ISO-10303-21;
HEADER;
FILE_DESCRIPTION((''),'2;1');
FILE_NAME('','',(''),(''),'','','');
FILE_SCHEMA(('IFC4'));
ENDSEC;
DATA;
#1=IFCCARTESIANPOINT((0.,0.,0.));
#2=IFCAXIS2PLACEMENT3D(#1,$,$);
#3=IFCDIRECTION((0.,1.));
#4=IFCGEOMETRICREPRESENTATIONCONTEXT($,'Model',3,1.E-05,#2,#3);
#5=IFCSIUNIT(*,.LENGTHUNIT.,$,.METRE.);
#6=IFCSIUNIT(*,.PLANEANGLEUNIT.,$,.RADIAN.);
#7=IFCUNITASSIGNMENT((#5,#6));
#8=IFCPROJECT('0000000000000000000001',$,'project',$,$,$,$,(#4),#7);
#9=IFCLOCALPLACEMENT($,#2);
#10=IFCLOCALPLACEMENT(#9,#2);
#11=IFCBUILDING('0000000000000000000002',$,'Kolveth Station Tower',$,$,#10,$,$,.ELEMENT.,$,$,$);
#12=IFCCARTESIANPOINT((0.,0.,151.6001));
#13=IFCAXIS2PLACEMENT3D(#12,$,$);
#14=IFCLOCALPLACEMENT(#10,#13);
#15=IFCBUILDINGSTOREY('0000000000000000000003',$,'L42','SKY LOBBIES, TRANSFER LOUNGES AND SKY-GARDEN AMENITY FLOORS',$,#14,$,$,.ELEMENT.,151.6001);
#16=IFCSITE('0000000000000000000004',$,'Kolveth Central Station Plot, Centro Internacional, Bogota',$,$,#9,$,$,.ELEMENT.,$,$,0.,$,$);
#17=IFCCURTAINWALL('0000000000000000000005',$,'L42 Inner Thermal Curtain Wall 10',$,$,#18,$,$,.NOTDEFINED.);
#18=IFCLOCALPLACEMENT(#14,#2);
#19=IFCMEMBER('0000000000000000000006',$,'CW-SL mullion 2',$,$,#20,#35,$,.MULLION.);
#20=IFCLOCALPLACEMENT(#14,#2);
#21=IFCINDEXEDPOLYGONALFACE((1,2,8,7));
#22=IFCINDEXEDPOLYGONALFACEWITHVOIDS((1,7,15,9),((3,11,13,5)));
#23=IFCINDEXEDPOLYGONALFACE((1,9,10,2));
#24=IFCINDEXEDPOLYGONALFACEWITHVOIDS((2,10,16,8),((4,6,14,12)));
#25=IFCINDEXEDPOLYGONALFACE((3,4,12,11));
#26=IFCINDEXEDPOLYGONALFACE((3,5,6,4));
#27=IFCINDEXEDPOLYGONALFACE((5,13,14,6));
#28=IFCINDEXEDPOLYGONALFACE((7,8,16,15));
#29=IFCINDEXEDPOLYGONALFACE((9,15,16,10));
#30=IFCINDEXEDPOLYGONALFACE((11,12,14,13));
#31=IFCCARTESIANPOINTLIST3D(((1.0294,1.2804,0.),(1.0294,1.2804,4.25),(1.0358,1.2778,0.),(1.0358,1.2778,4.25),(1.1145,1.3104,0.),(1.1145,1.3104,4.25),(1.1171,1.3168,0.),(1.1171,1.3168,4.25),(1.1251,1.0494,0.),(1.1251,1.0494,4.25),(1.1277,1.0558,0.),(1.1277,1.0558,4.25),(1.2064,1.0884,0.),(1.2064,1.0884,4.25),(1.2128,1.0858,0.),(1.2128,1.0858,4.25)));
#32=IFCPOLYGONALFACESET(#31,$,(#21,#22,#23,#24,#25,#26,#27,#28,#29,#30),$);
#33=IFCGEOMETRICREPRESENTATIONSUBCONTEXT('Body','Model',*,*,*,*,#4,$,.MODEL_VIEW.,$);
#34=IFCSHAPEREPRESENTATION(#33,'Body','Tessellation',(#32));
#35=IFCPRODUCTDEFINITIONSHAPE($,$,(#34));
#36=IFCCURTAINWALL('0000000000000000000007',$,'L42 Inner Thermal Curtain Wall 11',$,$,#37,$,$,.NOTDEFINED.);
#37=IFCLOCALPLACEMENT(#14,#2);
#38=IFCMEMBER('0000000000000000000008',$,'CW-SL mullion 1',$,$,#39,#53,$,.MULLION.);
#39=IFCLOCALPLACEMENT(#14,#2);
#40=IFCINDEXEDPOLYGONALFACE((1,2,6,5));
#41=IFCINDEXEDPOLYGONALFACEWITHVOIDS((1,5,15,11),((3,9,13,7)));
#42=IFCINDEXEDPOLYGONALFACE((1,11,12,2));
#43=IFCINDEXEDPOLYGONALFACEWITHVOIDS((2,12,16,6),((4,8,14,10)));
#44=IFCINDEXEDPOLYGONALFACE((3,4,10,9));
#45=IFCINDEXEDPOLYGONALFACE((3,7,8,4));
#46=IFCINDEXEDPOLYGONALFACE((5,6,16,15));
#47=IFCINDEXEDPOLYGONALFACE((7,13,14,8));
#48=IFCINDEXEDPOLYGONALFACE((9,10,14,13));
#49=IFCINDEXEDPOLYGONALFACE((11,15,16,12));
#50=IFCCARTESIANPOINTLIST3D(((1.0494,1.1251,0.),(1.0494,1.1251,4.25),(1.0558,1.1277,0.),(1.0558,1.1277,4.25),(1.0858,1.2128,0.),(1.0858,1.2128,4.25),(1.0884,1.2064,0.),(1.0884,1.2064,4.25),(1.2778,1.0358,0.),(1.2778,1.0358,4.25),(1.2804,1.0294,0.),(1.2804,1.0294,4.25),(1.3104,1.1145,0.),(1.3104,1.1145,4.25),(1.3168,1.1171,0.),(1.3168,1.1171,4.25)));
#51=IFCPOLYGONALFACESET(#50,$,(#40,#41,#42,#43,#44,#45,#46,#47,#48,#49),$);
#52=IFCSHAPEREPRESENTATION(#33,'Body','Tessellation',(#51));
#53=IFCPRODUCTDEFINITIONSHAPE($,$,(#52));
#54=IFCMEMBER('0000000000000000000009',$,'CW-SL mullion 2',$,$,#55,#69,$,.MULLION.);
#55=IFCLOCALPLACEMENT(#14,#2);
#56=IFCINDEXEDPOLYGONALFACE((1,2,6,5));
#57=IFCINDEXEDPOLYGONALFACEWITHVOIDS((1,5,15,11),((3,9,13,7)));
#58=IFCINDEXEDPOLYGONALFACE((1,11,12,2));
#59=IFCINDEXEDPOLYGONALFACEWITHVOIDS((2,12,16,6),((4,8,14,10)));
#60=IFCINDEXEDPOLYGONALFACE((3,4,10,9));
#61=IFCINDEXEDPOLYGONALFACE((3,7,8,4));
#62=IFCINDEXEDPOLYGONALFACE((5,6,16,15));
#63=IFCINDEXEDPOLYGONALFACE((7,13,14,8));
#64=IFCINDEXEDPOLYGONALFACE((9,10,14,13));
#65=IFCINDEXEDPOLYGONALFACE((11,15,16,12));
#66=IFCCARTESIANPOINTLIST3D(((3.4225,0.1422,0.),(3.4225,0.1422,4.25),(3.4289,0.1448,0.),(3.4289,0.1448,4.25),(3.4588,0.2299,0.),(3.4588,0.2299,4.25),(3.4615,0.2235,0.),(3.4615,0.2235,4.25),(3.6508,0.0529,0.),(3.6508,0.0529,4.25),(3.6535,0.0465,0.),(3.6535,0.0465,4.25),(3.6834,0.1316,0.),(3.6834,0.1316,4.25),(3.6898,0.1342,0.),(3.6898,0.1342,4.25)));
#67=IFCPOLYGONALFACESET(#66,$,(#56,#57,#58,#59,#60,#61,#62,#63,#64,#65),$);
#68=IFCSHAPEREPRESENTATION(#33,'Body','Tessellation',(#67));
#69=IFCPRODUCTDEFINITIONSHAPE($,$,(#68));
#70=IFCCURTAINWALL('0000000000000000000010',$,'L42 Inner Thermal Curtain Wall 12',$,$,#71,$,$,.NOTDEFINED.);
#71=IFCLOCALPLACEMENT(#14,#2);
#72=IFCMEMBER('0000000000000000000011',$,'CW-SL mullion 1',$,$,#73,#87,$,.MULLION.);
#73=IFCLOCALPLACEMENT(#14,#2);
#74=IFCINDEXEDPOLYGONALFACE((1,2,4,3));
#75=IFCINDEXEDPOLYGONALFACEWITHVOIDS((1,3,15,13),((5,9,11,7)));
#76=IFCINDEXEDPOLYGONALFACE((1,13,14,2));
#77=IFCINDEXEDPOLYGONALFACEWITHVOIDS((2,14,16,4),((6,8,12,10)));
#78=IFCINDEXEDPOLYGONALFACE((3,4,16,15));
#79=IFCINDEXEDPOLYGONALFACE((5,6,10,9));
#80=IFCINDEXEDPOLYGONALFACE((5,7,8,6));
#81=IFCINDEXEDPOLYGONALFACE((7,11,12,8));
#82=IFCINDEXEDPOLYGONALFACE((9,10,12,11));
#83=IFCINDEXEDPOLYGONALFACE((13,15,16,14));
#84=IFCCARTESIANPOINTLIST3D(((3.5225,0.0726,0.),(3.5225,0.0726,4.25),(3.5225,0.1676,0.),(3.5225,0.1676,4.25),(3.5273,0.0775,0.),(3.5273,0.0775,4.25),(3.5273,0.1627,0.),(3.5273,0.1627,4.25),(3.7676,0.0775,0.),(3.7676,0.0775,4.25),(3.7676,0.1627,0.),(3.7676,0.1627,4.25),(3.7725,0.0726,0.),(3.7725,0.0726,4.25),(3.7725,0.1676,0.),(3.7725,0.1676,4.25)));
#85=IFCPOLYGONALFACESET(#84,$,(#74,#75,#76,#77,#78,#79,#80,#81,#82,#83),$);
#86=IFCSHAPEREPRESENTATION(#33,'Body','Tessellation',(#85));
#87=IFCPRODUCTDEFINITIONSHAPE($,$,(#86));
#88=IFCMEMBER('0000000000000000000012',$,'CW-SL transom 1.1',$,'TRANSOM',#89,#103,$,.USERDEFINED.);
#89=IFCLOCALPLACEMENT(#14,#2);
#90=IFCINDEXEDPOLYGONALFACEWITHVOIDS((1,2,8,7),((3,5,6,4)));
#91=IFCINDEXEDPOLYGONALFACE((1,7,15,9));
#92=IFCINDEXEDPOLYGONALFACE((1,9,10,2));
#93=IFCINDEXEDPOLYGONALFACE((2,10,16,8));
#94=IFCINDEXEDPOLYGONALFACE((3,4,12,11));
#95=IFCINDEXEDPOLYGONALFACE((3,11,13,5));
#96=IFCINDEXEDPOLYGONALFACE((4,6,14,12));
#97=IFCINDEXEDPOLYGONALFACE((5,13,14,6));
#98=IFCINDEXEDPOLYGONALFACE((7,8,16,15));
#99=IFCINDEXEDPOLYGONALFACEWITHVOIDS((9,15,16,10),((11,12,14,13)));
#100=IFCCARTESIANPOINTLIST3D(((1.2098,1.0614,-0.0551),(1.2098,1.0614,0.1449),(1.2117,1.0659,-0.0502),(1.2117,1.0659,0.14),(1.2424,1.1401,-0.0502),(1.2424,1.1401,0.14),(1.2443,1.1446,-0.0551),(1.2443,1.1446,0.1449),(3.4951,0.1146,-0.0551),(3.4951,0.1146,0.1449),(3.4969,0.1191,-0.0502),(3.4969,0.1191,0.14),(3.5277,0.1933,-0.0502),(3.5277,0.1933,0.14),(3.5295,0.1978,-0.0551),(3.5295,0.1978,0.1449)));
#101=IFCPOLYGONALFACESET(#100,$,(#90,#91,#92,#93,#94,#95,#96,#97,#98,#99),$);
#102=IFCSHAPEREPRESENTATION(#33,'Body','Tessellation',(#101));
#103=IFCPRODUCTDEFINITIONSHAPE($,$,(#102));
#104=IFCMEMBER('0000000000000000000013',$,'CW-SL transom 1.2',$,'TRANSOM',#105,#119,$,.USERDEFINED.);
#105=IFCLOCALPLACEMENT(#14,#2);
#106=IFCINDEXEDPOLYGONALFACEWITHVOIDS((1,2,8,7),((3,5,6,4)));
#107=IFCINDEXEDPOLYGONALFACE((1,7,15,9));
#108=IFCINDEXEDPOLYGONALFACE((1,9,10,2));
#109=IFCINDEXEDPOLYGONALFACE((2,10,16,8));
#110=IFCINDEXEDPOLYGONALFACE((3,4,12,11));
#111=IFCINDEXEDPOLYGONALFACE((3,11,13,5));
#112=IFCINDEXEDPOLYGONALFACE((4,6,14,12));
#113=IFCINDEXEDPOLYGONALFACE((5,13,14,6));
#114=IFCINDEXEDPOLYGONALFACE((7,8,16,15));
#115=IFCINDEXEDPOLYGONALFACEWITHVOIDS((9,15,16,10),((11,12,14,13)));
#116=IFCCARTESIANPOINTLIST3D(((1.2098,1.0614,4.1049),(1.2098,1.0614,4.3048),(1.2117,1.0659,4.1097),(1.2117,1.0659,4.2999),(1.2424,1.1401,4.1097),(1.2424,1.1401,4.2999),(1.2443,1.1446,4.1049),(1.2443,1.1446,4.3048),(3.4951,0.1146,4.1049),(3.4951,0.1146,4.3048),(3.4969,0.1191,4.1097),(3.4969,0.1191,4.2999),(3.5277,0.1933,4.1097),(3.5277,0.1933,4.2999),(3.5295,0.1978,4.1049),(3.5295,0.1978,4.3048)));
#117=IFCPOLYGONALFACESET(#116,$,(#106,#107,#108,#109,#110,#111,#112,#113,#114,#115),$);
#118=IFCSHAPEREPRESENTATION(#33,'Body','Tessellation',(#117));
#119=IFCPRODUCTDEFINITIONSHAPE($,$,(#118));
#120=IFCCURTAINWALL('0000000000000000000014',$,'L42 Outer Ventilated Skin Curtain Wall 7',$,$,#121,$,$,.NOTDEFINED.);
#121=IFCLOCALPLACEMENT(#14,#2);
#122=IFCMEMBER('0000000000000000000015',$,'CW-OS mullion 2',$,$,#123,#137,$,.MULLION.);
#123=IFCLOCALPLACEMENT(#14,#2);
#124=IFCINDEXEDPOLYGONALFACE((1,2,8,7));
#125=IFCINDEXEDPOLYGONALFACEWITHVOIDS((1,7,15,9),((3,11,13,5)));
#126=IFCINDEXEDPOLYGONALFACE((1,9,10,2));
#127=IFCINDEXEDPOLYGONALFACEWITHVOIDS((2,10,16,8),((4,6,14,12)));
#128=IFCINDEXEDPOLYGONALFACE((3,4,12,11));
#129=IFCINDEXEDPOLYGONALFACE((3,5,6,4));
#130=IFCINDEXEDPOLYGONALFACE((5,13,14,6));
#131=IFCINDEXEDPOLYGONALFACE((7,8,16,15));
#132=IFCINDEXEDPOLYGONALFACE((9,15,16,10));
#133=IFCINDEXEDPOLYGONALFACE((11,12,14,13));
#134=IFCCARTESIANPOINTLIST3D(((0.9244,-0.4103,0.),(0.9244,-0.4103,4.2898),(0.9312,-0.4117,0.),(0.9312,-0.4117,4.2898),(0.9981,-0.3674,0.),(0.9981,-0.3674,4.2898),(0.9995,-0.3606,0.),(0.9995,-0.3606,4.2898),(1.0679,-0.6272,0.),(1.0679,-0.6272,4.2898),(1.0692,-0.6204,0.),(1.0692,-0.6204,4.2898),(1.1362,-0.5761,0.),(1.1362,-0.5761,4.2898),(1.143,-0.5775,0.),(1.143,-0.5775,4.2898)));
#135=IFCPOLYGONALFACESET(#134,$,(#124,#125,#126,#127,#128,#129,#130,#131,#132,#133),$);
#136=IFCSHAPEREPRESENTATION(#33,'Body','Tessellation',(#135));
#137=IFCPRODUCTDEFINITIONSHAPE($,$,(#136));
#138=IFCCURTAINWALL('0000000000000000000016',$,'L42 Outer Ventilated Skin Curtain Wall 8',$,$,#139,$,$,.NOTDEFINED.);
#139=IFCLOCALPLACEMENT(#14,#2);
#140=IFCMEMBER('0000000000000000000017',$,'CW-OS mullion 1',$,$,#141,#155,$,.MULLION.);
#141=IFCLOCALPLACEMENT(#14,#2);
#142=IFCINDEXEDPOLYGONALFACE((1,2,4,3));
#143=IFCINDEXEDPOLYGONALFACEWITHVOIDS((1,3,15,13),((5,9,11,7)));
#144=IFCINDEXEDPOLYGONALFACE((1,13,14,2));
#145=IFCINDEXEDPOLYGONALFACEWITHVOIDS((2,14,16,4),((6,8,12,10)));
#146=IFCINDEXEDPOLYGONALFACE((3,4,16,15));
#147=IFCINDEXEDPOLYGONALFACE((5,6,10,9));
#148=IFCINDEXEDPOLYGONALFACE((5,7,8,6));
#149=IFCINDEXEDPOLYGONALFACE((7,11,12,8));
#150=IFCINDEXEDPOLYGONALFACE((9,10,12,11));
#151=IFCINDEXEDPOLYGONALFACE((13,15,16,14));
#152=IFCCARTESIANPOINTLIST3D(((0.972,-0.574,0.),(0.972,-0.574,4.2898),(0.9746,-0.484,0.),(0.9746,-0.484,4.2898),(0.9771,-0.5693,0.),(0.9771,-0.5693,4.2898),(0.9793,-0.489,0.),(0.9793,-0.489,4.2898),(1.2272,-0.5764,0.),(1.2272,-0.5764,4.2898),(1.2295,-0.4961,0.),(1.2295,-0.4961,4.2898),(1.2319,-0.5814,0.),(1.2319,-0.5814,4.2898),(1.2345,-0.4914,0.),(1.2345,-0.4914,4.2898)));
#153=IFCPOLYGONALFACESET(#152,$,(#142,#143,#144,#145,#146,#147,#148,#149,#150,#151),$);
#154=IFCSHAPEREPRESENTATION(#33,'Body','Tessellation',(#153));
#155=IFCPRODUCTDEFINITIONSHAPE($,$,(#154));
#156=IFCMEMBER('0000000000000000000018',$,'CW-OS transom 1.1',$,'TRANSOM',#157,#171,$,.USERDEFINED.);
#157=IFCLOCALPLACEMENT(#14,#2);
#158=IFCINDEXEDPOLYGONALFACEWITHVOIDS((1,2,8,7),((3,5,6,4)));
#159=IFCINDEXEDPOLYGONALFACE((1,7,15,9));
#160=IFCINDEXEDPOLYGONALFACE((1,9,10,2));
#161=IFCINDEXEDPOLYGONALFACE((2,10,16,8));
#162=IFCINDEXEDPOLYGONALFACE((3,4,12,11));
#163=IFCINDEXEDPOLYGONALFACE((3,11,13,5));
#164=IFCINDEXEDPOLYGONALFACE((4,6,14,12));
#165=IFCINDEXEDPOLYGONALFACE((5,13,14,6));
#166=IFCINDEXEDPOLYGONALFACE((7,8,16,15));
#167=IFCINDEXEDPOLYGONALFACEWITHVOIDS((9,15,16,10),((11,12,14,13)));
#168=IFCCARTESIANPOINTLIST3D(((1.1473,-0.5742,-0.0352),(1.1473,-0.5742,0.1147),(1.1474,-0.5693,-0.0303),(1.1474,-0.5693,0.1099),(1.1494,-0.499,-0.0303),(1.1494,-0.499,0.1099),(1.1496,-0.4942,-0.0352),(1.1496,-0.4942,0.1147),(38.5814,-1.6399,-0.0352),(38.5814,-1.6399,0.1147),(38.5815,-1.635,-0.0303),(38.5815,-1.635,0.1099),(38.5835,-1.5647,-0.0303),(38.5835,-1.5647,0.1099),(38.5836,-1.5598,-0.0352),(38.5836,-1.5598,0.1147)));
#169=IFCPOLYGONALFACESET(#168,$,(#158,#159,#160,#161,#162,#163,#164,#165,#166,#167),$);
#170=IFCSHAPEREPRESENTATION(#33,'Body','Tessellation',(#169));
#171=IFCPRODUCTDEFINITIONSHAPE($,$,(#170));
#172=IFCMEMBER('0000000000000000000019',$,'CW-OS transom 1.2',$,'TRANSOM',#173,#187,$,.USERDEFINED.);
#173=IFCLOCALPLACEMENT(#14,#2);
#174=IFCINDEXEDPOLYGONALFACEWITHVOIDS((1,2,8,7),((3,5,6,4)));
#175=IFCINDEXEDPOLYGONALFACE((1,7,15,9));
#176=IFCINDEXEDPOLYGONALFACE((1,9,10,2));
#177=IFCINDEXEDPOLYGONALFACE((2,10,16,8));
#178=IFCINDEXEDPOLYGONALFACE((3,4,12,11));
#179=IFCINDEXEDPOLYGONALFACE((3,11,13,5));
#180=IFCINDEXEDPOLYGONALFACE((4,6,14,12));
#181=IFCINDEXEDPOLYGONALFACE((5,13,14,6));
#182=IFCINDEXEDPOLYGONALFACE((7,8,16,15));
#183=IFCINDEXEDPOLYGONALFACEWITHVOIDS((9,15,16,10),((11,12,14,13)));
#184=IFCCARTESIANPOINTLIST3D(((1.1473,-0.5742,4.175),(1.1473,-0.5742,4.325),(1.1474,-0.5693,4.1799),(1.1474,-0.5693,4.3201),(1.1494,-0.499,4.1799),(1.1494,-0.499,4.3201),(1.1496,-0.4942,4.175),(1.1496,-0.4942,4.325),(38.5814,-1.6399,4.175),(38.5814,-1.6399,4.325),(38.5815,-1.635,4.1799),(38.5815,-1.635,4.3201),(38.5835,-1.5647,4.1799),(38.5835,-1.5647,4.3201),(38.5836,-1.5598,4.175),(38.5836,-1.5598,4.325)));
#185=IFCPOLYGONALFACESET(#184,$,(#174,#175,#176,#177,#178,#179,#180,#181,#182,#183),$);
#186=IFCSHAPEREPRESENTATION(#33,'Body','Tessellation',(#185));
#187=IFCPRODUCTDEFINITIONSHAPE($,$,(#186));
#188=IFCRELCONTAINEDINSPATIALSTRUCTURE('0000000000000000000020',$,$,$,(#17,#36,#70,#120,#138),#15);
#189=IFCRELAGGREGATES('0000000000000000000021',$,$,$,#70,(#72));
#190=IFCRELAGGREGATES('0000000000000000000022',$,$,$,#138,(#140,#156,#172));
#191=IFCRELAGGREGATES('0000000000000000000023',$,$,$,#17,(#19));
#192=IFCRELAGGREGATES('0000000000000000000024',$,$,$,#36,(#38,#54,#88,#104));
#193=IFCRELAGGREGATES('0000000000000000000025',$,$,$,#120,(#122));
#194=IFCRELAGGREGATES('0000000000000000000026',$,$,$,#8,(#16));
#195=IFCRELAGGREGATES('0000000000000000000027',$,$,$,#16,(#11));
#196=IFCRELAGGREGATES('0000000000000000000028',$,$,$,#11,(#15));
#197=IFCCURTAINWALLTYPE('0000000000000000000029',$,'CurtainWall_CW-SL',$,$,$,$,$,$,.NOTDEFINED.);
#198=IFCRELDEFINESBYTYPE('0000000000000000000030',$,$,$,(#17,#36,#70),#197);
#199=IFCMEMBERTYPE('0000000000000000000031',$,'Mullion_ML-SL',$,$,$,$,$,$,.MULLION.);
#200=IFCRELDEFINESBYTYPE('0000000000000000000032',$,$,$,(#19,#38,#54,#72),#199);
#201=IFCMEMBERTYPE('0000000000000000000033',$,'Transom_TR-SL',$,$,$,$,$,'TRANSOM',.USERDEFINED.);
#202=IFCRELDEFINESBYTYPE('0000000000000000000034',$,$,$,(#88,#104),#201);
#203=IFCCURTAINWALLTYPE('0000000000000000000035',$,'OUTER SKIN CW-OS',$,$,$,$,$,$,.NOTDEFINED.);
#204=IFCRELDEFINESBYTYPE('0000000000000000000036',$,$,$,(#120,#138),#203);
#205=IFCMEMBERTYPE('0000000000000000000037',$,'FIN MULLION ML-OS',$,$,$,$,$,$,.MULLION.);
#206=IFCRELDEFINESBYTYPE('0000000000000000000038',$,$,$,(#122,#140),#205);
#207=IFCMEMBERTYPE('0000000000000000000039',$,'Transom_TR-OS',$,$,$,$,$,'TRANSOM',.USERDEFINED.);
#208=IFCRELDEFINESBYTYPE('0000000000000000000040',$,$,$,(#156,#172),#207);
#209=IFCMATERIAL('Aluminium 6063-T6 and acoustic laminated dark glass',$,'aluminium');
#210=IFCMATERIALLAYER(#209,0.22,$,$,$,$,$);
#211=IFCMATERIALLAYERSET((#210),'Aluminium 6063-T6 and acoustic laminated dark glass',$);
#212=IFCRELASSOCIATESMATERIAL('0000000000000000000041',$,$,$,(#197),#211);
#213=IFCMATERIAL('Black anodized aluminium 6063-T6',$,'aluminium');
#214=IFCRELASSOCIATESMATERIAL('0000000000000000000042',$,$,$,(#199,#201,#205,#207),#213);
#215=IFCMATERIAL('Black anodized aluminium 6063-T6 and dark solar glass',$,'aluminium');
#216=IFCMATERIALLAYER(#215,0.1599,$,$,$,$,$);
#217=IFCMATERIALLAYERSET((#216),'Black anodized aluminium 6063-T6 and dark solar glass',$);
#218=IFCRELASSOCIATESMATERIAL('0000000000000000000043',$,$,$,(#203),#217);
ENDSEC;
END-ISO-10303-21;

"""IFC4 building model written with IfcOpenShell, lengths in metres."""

from ifc_helpers import new_model, si_unit, direction, frame, origin, origin_2d, place, context, subcontext, project, spatial, hollow_rectangle, extrude, source, transform, mapped, material, layer, layer_set, material_profile, profile_set, type_object, element, aggregate, save


model = new_model("IFC4")

# Units and contexts
model_context = context("Model", 3, precision=1e-05, world=origin(), true_north=direction((0.0, 1.0)))
body_context = subcontext(model_context, "Body", "Model", "MODEL_VIEW")
ifc_project = project(units=[si_unit("LENGTHUNIT", "METRE"), si_unit("PLANEANGLEUNIT", "RADIAN")], contexts=[model_context])

# Site, building, storey
site_placement = place(None, origin())
site = spatial("IfcSite", under=ifc_project, at=site_placement, Name="Kolveth Central Station Plot, Centro Internacional, Bogota", CompositionType="ELEMENT", RefElevation=0.0)
building_placement = place(site_placement, origin())
building = spatial("IfcBuilding", under=site, at=building_placement, Name="Kolveth Station Tower", CompositionType="ELEMENT")
storey_placement = place(building_placement, frame((0.0, 0.0, 151.6001)))
storey = spatial("IfcBuildingStorey", under=building, at=storey_placement, Name="L42", Description="SKY LOBBIES, TRANSFER LOUNGES AND SKY-GARDEN AMENITY FLOORS", CompositionType="ELEMENT", Elevation=151.6001)

# Curtain wall, member
ifc_material_1 = material(Name="Aluminium 6063-T6 and acoustic laminated dark glass", Category="aluminium")
ifc_layer_1 = layer(ifc_material_1, 0.22)
ifc_layer_set_1 = layer_set([ifc_layer_1], Name="Aluminium 6063-T6 and acoustic laminated dark glass")
curtain_wall_type_1 = type_object("IfcCurtainWallType", Name="CurtainWall_CW-SL", PredefinedType="NOTDEFINED", material=ifc_layer_set_1)
curtain_wall_1_placement = place(storey_placement, origin())
curtain_wall_1 = element("IfcCurtainWall", 1, at=curtain_wall_1_placement, inside=storey, type_object=curtain_wall_type_1, Name="L42 Inner Thermal Curtain Wall 10", PredefinedType="NOTDEFINED")
ifc_material_2 = material(Name="Black anodized aluminium 6063-T6", Category="aluminium")
ifc_material_profile_1 = material_profile(ifc_material_2, hollow_rectangle(XDim=0.095, YDim=0.25, WallThickness=0.0049, at=origin_2d()), Name="ALU-95x250x5")
ifc_profile_set_1 = profile_set([ifc_material_profile_1], Name="Black anodized aluminium 6063-T6")
member_type_1 = type_object("IfcMemberType", Name="Mullion_ML-SL", PredefinedType="MULLION", material=ifc_profile_set_1)
shared_shape_1 = source(origin(), body_context, "Body", "SweptSolid", [
    extrude(hollow_rectangle(XDim=0.095, YDim=0.25, WallThickness=0.0049, at=origin_2d()), origin(), (0.0, 0.0, 1.0), 4.25),
])
member_1_placement = place(storey_placement, frame((1.1211, 1.1831, 0.0), z_axis=(0.0, 0.0, 1.0), x_axis=(0.923874, 0.382698, 0.0)))
member_1 = element("IfcMember", 2, at=member_1_placement, type_object=member_type_1, Name="CW-SL mullion 2", PredefinedType="MULLION", context=body_context, shape_type="MappedRepresentation", body=[
    mapped(shared_shape_1, transform((0.0, 0.0, 0.0), x_axis=(1.0, 0.0, 0.0), y_axis=(0.0, 1.0, 0.0), z_axis=(0.0, 0.0, 1.0), scale=1.0)),
])

# Curtain wall, members
curtain_wall_2_placement = place(storey_placement, origin())
curtain_wall_2 = element("IfcCurtainWall", 3, at=curtain_wall_2_placement, inside=storey, type_object=curtain_wall_type_1, Name="L42 Inner Thermal Curtain Wall 11", PredefinedType="NOTDEFINED")
member_2_placement = place(storey_placement, frame((1.1831, 1.1211, 0.0), z_axis=(0.0, 0.0, 1.0), x_axis=(0.382698, 0.923874, 0.0)))
member_2 = element("IfcMember", 4, at=member_2_placement, type_object=member_type_1, Name="CW-SL mullion 1", PredefinedType="MULLION", context=body_context, shape_type="MappedRepresentation", body=[
    mapped(shared_shape_1, transform((0.0, 0.0, 0.0), x_axis=(1.0, 0.0, 0.0), y_axis=(0.0, 1.0, 0.0), z_axis=(0.0, 0.0, 1.0), scale=1.0)),
])
member_3_placement = place(storey_placement, frame((3.5562, 0.1382, 0.0), z_axis=(0.0, 0.0, 1.0), x_axis=(0.382698, 0.923874, 0.0)))
member_3 = element("IfcMember", 5, at=member_3_placement, type_object=member_type_1, Name="CW-SL mullion 2", PredefinedType="MULLION", context=body_context, shape_type="MappedRepresentation", body=[
    mapped(shared_shape_1, transform((0.0, 0.0, 0.0), x_axis=(1.0, 0.0, 0.0), y_axis=(0.0, 1.0, 0.0), z_axis=(0.0, 0.0, 1.0), scale=1.0)),
])

# Curtain wall, member
curtain_wall_3_placement = place(storey_placement, origin())
curtain_wall_3 = element("IfcCurtainWall", 6, at=curtain_wall_3_placement, inside=storey, type_object=curtain_wall_type_1, Name="L42 Inner Thermal Curtain Wall 12", PredefinedType="NOTDEFINED")
member_4_placement = place(storey_placement, frame((3.6475, 0.1201, 0.0), z_axis=(0.0, 0.0, 1.0), x_axis=(0.0, 1.0, 0.0)))
member_4 = element("IfcMember", 7, at=member_4_placement, type_object=member_type_1, Name="CW-SL mullion 1", PredefinedType="MULLION", context=body_context, shape_type="MappedRepresentation", body=[
    mapped(shared_shape_1, transform((0.0, 0.0, 0.0), x_axis=(1.0, 0.0, 0.0), y_axis=(0.0, 1.0, 0.0), z_axis=(0.0, 0.0, 1.0), scale=1.0)),
])
aggregate(curtain_wall_3, [member_4])

# Members
ifc_material_profile_2 = material_profile(ifc_material_2, hollow_rectangle(XDim=0.0901, YDim=0.2, WallThickness=0.0049, at=origin_2d()), Name="ALU-90x200x5")
ifc_profile_set_2 = profile_set([ifc_material_profile_2], Name="Black anodized aluminium 6063-T6")
member_type_2 = type_object("IfcMemberType", Name="Transom_TR-SL", ElementType="TRANSOM", PredefinedType="USERDEFINED", material=ifc_profile_set_2)
shared_shape_2 = source(origin(), body_context, "Body", "SweptSolid", [
    extrude(hollow_rectangle(XDim=0.0901, YDim=0.2, WallThickness=0.0049, at=origin_2d()), origin(), (0.0, 0.0, 1.0), 2.4736),
])
member_5_placement = place(storey_placement, frame((1.2271, 1.103, 0.0449), z_axis=(0.923846, -0.382764, 0.0), x_axis=(0.382764, 0.923846, 0.0)))
member_5 = element("IfcMember", 8, at=member_5_placement, type_object=member_type_2, Name="CW-SL transom 1.1", ObjectType="TRANSOM", PredefinedType="USERDEFINED", context=body_context, shape_type="MappedRepresentation", body=[
    mapped(shared_shape_2, transform((0.0, 0.0, 0.0), x_axis=(1.0, 0.0, 0.0), y_axis=(0.0, 1.0, 0.0), z_axis=(0.0, 0.0, 1.0), scale=1.0)),
])
member_6_placement = place(storey_placement, frame((1.2271, 1.103, 4.2048), z_axis=(0.923846, -0.382764, 0.0), x_axis=(0.382764, 0.923846, 0.0)))
member_6 = element("IfcMember", 9, at=member_6_placement, type_object=member_type_2, Name="CW-SL transom 1.2", ObjectType="TRANSOM", PredefinedType="USERDEFINED", context=body_context, shape_type="MappedRepresentation", body=[
    mapped(shared_shape_2, transform((0.0, 0.0, 0.0), x_axis=(1.0, 0.0, 0.0), y_axis=(0.0, 1.0, 0.0), z_axis=(0.0, 0.0, 1.0), scale=1.0)),
])

# Curtain wall, member
ifc_material_3 = material(Name="Black anodized aluminium 6063-T6 and dark solar glass", Category="aluminium")
ifc_layer_2 = layer(ifc_material_3, 0.1599)
ifc_layer_set_2 = layer_set([ifc_layer_2], Name="Black anodized aluminium 6063-T6 and dark solar glass")
curtain_wall_type_2 = type_object("IfcCurtainWallType", Name="OUTER SKIN CW-OS", PredefinedType="NOTDEFINED", material=ifc_layer_set_2)
curtain_wall_4_placement = place(storey_placement, origin())
curtain_wall_4 = element("IfcCurtainWall", 10, at=curtain_wall_4_placement, inside=storey, type_object=curtain_wall_type_2, Name="L42 Outer Ventilated Skin Curtain Wall 7", PredefinedType="NOTDEFINED")
ifc_material_profile_3 = material_profile(ifc_material_2, hollow_rectangle(XDim=0.0901, YDim=0.26, WallThickness=0.0049, at=origin_2d()), Name="ALU-90x260x5")
ifc_profile_set_3 = profile_set([ifc_material_profile_3], Name="Black anodized aluminium 6063-T6")
member_type_3 = type_object("IfcMemberType", Name="FIN MULLION ML-OS", PredefinedType="MULLION", material=ifc_profile_set_3)
shared_shape_3 = source(origin(), body_context, "Body", "SweptSolid", [
    extrude(hollow_rectangle(XDim=0.0901, YDim=0.26, WallThickness=0.0049, at=origin_2d()), origin(), (0.0, 0.0, 1.0), 4.2898),
])
member_7_placement = place(storey_placement, frame((1.0337, -0.4939, 0.0), z_axis=(0.0, 0.0, 1.0), x_axis=(0.833996, 0.551771, 0.0)))
member_7 = element("IfcMember", 11, at=member_7_placement, type_object=member_type_3, Name="CW-OS mullion 2", PredefinedType="MULLION", context=body_context, shape_type="MappedRepresentation", body=[
    mapped(shared_shape_3, transform((0.0, 0.0, 0.0), x_axis=(1.0, 0.0, 0.0), y_axis=(0.0, 1.0, 0.0), z_axis=(0.0, 0.0, 1.0), scale=1.0)),
])

# Curtain wall, members
curtain_wall_5_placement = place(storey_placement, origin())
curtain_wall_5 = element("IfcCurtainWall", 12, at=curtain_wall_5_placement, inside=storey, type_object=curtain_wall_type_2, Name="L42 Outer Ventilated Skin Curtain Wall 8", PredefinedType="NOTDEFINED")
member_8_placement = place(storey_placement, frame((1.1033, -0.5327, 0.0), z_axis=(0.0, 0.0, 1.0), x_axis=(0.028462, 0.999595, 0.0)))
member_8 = element("IfcMember", 13, at=member_8_placement, type_object=member_type_3, Name="CW-OS mullion 1", PredefinedType="MULLION", context=body_context, shape_type="MappedRepresentation", body=[
    mapped(shared_shape_3, transform((0.0, 0.0, 0.0), x_axis=(1.0, 0.0, 0.0), y_axis=(0.0, 1.0, 0.0), z_axis=(0.0, 0.0, 1.0), scale=1.0)),
])
ifc_material_profile_4 = material_profile(ifc_material_2, hollow_rectangle(XDim=0.0801, YDim=0.1499, WallThickness=0.0049, at=origin_2d()), Name="ALU-80x150x5")
ifc_profile_set_4 = profile_set([ifc_material_profile_4], Name="Black anodized aluminium 6063-T6")
member_type_4 = type_object("IfcMemberType", Name="Transom_TR-OS", ElementType="TRANSOM", PredefinedType="USERDEFINED", material=ifc_profile_set_4)
shared_shape_4 = source(origin(), body_context, "Body", "SweptSolid", [
    extrude(hollow_rectangle(XDim=0.0801, YDim=0.1499, WallThickness=0.0049, at=origin_2d()), origin(), (0.0, 0.0, 1.0), 37.4492),
])
member_9_placement = place(storey_placement, frame((1.1484, -0.5342, 0.0398), z_axis=(0.999595, -0.028456, 0.0), x_axis=(0.028456, 0.999595, 0.0)))
member_9 = element("IfcMember", 14, at=member_9_placement, type_object=member_type_4, Name="CW-OS transom 1.1", ObjectType="TRANSOM", PredefinedType="USERDEFINED", context=body_context, shape_type="MappedRepresentation", body=[
    mapped(shared_shape_4, transform((0.0, 0.0, 0.0), x_axis=(1.0, 0.0, 0.0), y_axis=(0.0, 1.0, 0.0), z_axis=(0.0, 0.0, 1.0), scale=1.0)),
])
member_10_placement = place(storey_placement, frame((1.1484, -0.5342, 4.25), z_axis=(0.999595, -0.028456, 0.0), x_axis=(0.028456, 0.999595, 0.0)))
member_10 = element("IfcMember", 15, at=member_10_placement, type_object=member_type_4, Name="CW-OS transom 1.2", ObjectType="TRANSOM", PredefinedType="USERDEFINED", context=body_context, shape_type="MappedRepresentation", body=[
    mapped(shared_shape_4, transform((0.0, 0.0, 0.0), x_axis=(1.0, 0.0, 0.0), y_axis=(0.0, 1.0, 0.0), z_axis=(0.0, 0.0, 1.0), scale=1.0)),
])
aggregate(curtain_wall_5, [member_8, member_9, member_10])

aggregate(curtain_wall_1, [member_1])
aggregate(curtain_wall_2, [member_2, member_3, member_5, member_6])
aggregate(curtain_wall_4, [member_7])

save(model, "model.ifc")
